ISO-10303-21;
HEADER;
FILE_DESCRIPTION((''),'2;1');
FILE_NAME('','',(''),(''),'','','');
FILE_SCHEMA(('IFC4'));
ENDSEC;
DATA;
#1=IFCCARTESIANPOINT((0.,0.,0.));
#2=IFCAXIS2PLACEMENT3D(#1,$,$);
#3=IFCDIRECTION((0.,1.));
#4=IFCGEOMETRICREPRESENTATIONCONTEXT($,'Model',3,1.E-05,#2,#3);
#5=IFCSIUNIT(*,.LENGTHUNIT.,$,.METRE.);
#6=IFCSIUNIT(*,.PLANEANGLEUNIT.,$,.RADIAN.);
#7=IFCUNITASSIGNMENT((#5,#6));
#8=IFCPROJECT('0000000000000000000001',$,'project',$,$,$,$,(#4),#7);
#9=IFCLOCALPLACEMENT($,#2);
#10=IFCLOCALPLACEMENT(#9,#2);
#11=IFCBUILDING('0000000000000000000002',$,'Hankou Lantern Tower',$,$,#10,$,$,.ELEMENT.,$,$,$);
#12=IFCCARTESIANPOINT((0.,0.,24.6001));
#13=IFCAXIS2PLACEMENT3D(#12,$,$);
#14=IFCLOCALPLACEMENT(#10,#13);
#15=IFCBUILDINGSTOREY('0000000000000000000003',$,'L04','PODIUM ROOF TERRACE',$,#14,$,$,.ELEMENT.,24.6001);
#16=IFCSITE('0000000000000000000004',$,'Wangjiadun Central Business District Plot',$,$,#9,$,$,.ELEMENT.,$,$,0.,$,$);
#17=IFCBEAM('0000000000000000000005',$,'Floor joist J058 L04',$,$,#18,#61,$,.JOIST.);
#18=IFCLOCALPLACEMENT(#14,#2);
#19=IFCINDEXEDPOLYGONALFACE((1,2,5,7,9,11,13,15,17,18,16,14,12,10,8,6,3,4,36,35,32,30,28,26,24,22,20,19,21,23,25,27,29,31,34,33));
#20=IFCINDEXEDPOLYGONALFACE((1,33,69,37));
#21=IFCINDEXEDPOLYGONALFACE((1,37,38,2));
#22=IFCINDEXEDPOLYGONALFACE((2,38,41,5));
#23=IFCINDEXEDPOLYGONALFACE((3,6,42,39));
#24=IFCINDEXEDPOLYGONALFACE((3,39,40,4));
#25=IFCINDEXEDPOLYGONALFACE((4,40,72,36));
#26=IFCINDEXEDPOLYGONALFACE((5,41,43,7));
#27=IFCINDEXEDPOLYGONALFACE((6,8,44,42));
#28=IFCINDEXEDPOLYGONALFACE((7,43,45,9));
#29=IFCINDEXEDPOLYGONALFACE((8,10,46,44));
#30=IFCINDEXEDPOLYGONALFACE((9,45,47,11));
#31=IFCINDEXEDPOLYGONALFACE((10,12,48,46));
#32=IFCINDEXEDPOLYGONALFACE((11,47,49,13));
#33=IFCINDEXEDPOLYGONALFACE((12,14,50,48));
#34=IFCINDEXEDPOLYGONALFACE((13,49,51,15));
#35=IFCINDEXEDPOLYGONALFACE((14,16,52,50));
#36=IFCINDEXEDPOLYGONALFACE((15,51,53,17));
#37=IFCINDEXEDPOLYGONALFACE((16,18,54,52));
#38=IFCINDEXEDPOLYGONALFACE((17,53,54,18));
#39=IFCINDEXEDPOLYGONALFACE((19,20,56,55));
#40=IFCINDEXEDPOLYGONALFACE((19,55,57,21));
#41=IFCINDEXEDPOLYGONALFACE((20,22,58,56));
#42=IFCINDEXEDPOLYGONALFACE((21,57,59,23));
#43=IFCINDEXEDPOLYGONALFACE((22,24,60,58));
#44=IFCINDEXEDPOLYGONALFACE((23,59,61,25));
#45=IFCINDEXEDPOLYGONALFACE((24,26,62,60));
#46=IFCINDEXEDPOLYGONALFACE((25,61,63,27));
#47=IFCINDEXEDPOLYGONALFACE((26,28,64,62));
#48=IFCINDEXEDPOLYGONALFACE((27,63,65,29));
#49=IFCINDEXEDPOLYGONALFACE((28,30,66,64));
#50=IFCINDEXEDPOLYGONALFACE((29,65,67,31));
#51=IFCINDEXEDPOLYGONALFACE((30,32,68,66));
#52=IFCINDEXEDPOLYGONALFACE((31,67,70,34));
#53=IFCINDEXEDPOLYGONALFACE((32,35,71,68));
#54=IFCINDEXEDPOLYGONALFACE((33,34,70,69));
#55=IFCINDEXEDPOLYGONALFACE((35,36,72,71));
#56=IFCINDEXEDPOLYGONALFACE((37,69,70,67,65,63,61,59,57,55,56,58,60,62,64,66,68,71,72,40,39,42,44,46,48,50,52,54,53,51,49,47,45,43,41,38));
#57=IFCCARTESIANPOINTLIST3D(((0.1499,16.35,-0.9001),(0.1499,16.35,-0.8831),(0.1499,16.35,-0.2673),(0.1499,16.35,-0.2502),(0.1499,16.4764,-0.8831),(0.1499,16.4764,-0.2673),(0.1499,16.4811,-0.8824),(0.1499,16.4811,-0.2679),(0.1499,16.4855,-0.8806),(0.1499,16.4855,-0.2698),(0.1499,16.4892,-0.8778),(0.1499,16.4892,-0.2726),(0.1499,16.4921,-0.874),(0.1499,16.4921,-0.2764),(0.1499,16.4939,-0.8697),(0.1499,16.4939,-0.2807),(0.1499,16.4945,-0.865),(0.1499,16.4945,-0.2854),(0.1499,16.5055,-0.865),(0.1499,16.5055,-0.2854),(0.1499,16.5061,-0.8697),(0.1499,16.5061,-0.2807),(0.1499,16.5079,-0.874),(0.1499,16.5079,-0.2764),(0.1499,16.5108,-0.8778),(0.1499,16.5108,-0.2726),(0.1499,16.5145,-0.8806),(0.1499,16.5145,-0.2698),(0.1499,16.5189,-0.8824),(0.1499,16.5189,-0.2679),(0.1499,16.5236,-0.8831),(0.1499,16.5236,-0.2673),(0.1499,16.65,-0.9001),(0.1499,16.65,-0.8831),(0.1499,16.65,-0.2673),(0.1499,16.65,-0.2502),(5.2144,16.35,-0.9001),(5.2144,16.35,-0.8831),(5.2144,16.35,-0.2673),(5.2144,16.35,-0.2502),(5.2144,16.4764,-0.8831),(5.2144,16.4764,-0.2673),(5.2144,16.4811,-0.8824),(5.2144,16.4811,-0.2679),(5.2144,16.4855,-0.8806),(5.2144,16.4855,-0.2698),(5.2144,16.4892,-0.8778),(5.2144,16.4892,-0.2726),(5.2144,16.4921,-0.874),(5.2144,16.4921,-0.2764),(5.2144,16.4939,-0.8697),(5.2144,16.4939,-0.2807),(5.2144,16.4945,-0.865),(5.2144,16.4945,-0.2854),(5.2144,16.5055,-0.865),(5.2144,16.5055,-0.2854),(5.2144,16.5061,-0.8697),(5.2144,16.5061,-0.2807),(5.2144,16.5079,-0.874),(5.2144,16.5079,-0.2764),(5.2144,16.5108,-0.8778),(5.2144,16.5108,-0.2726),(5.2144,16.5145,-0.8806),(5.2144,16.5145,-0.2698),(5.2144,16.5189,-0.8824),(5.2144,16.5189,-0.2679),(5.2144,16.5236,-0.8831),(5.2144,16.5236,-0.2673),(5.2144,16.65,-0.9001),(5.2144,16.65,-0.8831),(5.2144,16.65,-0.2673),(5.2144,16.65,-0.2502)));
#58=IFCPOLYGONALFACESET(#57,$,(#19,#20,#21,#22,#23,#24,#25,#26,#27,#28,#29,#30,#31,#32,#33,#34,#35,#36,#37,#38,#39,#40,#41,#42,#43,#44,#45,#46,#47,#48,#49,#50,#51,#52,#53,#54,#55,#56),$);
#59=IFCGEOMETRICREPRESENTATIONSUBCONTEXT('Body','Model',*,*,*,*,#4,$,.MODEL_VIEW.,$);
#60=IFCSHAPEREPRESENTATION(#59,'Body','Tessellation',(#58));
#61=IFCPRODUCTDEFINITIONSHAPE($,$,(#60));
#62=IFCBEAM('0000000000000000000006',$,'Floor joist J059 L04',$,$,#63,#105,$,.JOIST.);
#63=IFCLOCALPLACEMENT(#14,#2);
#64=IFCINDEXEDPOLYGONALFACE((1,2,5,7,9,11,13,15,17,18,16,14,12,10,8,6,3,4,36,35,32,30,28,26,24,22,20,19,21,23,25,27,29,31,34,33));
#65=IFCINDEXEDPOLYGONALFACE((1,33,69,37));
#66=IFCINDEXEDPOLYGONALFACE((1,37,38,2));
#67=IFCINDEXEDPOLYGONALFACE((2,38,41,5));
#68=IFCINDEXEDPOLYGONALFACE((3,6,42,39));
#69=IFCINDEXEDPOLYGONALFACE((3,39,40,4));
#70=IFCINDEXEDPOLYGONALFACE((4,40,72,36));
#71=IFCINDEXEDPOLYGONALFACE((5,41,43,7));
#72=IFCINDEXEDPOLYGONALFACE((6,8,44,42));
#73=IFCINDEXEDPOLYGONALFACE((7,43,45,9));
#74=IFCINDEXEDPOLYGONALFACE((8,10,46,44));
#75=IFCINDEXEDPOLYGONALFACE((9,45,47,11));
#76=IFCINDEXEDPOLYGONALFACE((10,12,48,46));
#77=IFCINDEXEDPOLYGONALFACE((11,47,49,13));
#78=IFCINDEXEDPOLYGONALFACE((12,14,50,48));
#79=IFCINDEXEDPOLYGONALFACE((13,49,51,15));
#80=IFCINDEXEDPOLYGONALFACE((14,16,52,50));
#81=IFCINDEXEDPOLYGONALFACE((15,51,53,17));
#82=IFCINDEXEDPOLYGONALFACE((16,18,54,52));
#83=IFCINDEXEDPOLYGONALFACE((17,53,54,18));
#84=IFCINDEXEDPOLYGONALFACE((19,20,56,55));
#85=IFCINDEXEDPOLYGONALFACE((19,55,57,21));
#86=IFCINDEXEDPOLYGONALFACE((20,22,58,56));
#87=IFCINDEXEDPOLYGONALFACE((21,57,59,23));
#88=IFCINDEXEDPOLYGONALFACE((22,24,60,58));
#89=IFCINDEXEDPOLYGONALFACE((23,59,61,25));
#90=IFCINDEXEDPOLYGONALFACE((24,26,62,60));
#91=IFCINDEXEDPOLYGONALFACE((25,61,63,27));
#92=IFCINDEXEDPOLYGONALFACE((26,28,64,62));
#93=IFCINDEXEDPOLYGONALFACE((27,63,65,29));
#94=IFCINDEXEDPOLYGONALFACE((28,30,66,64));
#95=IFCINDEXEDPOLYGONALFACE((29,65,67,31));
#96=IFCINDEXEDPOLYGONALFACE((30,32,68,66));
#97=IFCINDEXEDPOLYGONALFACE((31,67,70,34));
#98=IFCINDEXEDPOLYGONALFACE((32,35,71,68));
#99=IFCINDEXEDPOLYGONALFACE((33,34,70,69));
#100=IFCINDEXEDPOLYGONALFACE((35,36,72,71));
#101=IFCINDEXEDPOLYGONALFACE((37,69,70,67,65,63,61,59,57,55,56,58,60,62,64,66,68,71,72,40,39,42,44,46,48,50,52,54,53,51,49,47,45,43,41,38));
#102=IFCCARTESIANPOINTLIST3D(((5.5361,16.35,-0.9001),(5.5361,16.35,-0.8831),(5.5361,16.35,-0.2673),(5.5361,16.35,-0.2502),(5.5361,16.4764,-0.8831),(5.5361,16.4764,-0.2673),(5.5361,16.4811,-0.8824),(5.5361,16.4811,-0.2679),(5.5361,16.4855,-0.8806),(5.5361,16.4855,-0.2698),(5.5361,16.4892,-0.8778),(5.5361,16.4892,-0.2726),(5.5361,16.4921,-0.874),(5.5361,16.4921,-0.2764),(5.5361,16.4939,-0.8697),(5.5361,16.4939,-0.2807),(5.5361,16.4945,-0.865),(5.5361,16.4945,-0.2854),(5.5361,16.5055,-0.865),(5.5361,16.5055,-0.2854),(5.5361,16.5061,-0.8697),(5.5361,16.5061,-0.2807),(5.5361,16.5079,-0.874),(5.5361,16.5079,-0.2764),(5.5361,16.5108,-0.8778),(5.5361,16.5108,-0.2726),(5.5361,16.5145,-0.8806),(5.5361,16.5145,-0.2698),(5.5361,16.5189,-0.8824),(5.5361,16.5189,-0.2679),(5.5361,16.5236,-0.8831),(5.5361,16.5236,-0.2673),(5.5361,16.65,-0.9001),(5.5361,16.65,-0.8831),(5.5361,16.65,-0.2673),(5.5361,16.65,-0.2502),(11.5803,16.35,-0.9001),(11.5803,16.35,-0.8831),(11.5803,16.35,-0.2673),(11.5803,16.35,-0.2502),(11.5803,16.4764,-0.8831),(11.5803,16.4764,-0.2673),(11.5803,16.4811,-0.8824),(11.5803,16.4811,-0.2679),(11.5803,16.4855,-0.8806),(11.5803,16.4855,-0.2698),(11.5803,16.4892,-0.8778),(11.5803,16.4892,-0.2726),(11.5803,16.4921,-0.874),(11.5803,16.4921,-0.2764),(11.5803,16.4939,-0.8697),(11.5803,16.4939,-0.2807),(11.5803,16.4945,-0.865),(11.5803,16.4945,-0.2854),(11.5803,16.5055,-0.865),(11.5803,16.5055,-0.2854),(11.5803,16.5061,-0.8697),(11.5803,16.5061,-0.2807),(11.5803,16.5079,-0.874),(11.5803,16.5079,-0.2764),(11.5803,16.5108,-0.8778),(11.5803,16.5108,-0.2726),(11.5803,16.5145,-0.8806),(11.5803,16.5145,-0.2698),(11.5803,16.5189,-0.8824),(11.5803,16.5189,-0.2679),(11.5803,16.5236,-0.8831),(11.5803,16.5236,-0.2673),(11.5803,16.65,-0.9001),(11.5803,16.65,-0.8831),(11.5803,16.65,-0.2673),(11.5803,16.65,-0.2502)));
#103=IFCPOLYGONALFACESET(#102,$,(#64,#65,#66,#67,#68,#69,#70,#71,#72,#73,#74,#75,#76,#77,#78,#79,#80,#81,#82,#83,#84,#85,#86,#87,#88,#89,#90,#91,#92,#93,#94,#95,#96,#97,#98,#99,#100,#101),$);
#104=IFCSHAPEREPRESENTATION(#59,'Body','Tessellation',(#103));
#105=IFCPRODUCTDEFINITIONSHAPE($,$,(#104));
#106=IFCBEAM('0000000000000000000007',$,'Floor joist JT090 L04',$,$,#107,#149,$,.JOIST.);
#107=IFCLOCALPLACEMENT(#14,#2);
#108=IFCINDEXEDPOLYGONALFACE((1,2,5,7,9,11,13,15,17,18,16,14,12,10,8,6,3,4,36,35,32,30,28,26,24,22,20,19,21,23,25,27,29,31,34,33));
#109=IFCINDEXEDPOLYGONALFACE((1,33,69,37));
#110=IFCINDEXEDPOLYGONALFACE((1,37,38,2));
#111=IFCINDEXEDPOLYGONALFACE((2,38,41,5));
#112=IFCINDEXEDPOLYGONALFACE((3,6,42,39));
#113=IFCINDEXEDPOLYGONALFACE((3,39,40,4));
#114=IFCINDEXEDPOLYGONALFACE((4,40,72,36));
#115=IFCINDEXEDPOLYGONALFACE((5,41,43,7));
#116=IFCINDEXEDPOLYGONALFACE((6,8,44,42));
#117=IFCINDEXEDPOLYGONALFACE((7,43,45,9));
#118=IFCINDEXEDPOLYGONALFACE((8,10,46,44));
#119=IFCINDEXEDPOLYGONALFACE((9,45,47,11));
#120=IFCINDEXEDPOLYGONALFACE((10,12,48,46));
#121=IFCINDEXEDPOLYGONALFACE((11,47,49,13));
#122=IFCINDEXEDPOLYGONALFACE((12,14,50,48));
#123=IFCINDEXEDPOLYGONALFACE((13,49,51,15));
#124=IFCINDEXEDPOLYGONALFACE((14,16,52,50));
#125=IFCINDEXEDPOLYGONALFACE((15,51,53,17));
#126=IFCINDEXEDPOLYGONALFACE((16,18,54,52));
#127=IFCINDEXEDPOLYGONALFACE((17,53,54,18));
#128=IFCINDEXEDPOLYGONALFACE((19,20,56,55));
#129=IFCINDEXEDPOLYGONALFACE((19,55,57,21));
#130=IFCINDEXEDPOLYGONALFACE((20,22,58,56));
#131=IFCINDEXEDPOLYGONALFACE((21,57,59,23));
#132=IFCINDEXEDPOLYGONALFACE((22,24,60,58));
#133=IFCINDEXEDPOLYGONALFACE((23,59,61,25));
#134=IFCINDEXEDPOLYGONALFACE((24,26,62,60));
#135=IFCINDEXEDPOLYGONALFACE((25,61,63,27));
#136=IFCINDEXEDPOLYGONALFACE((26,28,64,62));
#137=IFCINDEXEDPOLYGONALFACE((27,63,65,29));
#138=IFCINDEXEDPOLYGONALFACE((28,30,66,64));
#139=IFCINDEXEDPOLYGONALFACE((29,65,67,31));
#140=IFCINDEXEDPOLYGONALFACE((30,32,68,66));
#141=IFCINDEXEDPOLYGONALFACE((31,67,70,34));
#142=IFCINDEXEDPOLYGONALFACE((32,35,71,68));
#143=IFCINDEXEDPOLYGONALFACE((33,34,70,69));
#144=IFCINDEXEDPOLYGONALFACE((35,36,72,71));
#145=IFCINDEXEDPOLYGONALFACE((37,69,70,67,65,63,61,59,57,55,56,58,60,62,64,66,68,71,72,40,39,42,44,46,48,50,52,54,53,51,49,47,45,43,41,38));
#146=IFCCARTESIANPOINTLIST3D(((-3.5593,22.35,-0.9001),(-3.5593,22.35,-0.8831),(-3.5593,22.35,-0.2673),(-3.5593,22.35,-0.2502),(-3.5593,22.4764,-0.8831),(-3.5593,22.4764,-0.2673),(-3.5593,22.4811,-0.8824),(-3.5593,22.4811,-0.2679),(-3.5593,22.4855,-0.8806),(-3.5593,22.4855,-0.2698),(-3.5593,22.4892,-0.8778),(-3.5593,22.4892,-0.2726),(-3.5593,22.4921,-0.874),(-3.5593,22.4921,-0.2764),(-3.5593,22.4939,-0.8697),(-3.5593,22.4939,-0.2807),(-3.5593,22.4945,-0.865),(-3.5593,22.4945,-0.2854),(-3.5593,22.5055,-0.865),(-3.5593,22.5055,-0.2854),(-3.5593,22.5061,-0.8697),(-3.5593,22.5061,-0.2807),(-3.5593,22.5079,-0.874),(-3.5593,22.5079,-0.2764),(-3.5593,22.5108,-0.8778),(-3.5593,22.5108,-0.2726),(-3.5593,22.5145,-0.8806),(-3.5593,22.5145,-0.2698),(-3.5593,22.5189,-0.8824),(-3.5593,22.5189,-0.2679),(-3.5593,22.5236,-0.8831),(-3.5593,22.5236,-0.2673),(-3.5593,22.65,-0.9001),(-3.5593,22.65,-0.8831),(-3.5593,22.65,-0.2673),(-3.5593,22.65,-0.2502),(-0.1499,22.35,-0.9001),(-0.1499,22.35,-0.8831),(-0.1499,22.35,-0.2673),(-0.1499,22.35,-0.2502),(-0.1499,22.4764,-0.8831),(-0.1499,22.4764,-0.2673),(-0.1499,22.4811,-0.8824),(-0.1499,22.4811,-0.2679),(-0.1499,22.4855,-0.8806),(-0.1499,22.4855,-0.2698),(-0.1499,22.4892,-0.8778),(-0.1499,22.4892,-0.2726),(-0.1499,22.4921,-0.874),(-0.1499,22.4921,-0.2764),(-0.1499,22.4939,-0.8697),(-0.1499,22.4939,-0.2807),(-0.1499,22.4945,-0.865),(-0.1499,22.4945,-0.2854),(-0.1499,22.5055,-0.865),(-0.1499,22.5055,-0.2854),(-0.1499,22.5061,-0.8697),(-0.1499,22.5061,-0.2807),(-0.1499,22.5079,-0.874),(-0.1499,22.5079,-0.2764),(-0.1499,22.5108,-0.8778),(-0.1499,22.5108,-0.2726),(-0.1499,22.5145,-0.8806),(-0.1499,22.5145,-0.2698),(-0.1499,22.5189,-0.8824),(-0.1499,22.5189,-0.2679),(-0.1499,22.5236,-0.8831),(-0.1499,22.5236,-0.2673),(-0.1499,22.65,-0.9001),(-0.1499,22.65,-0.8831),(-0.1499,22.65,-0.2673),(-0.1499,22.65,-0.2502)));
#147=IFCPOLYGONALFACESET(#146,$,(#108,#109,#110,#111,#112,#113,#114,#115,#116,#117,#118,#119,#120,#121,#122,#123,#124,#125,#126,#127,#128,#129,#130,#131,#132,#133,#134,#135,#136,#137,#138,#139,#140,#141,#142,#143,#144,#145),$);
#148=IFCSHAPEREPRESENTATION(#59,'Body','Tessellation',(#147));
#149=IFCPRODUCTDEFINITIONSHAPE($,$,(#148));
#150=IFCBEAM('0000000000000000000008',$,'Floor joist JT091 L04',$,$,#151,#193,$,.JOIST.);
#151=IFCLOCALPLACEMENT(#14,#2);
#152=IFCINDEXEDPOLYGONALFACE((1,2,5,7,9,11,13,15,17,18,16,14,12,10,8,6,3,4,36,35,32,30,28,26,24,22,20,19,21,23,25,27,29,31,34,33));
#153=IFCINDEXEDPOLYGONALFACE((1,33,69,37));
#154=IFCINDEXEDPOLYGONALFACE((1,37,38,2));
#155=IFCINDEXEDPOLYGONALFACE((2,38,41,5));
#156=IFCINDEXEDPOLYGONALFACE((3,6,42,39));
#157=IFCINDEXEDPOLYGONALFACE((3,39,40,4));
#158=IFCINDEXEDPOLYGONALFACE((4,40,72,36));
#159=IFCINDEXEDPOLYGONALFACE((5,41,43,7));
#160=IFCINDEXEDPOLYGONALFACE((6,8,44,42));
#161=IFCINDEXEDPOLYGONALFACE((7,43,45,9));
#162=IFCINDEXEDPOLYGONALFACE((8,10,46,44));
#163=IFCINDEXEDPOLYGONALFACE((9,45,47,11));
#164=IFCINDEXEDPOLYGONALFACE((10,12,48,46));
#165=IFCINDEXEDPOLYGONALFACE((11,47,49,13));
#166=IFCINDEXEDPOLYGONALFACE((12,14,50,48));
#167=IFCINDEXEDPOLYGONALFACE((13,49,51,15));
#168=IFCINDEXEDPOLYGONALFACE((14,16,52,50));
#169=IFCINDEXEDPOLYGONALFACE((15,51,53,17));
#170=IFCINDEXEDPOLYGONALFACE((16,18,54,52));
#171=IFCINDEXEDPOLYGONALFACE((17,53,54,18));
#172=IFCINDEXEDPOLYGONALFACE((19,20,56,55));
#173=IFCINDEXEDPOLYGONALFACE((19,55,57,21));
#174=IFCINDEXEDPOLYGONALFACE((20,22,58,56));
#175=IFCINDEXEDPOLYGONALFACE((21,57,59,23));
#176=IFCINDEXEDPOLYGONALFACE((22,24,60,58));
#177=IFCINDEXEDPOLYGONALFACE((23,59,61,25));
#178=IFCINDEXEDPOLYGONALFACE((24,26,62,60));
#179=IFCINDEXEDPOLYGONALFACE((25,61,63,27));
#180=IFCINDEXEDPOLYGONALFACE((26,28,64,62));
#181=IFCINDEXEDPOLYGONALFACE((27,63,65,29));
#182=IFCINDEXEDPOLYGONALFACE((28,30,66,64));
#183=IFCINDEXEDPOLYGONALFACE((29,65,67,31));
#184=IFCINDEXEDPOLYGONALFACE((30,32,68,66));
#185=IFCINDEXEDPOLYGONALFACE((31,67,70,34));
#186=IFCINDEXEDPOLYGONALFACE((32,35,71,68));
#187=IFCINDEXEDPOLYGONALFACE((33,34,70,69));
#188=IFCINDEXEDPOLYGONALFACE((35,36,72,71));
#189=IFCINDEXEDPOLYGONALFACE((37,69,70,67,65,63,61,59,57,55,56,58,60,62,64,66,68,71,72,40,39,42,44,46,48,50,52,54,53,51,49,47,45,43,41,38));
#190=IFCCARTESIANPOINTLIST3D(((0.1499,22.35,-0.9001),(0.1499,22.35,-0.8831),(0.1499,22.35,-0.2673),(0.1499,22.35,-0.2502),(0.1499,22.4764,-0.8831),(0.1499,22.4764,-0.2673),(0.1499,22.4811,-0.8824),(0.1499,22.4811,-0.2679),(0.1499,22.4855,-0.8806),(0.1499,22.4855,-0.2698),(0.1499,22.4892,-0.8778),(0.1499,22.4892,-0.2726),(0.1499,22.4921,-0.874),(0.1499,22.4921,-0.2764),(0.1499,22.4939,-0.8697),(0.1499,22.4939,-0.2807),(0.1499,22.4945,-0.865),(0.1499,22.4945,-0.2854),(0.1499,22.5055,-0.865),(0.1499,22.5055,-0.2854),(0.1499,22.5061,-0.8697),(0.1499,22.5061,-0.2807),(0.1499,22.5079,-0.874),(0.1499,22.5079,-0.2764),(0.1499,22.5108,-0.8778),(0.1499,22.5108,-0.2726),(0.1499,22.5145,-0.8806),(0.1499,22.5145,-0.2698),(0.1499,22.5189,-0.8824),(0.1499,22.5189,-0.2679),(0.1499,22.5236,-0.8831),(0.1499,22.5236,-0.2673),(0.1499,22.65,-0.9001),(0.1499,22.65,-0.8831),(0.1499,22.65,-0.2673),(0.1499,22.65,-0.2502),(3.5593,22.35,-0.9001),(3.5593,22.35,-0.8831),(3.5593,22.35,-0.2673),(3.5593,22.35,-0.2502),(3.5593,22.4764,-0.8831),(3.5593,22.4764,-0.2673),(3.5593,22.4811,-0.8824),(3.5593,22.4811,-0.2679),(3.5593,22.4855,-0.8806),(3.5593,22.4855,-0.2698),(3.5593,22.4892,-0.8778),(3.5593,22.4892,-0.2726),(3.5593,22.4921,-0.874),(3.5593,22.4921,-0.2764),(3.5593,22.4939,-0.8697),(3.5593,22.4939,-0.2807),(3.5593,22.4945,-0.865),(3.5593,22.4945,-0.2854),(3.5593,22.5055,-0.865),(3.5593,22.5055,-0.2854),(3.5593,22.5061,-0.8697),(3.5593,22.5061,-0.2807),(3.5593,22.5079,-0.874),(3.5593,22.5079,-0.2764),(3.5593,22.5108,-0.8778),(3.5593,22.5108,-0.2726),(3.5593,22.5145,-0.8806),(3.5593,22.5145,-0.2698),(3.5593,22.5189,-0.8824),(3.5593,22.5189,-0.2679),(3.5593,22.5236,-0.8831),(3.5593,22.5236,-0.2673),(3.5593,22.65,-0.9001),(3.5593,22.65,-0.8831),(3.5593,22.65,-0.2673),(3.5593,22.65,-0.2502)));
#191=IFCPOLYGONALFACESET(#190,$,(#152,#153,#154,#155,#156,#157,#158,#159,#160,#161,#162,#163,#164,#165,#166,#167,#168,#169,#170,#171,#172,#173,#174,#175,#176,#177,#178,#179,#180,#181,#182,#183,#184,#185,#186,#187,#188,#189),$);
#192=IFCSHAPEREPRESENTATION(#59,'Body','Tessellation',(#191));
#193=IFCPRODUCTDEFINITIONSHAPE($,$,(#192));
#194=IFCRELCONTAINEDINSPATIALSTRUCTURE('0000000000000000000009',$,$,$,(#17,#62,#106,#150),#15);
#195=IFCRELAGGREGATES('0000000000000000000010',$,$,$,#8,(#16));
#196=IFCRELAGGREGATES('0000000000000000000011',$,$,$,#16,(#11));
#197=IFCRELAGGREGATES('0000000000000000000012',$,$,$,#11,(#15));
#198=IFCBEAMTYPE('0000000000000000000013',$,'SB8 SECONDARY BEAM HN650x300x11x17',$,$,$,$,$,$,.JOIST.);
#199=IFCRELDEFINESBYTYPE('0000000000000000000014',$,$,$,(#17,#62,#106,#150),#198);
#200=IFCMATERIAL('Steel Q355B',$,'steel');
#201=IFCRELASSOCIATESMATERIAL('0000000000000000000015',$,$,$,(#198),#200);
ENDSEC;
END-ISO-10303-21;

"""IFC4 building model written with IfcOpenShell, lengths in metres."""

from ifc_helpers import new_model, si_unit, direction, frame, origin, origin_2d, place, context, subcontext, project, spatial, i_section, extrude, material, material_profile, profile_set, type_object, element, save


model = new_model("IFC4")

# Units and contexts
model_context = context("Model", 3, precision=1e-05, world=origin(), true_north=direction((0.0, 1.0)))
body_context = subcontext(model_context, "Body", "Model", "MODEL_VIEW")
ifc_project = project(units=[si_unit("LENGTHUNIT", "METRE"), si_unit("PLANEANGLEUNIT", "RADIAN")], contexts=[model_context])

# Site, building, storey
site_placement = place(None, origin())
site = spatial("IfcSite", under=ifc_project, at=site_placement, Name="Wangjiadun Central Business District Plot", CompositionType="ELEMENT", RefElevation=0.0)
building_placement = place(site_placement, origin())
building = spatial("IfcBuilding", under=site, at=building_placement, Name="Hankou Lantern Tower", CompositionType="ELEMENT")
storey_placement = place(building_placement, frame((0.0, 0.0, 24.6001)))
storey = spatial("IfcBuildingStorey", under=building, at=storey_placement, Name="L04", Description="PODIUM ROOF TERRACE", CompositionType="ELEMENT", Elevation=24.6001)

# Beams
ifc_material_1 = material(Name="Steel Q355B", Category="steel")
ifc_material_profile_1 = material_profile(ifc_material_1, i_section(OverallWidth=0.3, OverallDepth=0.6499, WebThickness=0.011, FlangeThickness=0.0171, FilletRadius=0.0181, at=origin_2d()), Name="HN650x300x11x17")
ifc_profile_set_1 = profile_set([ifc_material_profile_1], Name="Steel Q355B")
beam_type_1 = type_object("IfcBeamType", Name="SB8 SECONDARY BEAM HN650x300x11x17", PredefinedType="JOIST", material=ifc_profile_set_1)
beam_1_placement = place(storey_placement, frame((0.1499, 16.5, -0.5752), z_axis=(1.0, 0.0, 0.0), x_axis=(0.0, 1.0, 0.0)))
element("IfcBeam", 1, at=beam_1_placement, inside=storey, type_object=beam_type_1, Name="Floor joist J058 L04", PredefinedType="JOIST", context=body_context, shape_type="SweptSolid", body=[
    extrude(i_section(OverallWidth=0.3, OverallDepth=0.6499, WebThickness=0.011, FlangeThickness=0.0171, FilletRadius=0.0181, at=origin_2d()), origin(), (0.0, 0.0, 1.0), 5.0645),
])
beam_2_placement = place(storey_placement, frame((5.5361, 16.5, -0.5752), z_axis=(1.0, 0.0, 0.0), x_axis=(0.0, 1.0, 0.0)))
element("IfcBeam", 2, at=beam_2_placement, inside=storey, type_object=beam_type_1, Name="Floor joist J059 L04", PredefinedType="JOIST", context=body_context, shape_type="SweptSolid", body=[
    extrude(i_section(OverallWidth=0.3, OverallDepth=0.6499, WebThickness=0.011, FlangeThickness=0.0171, FilletRadius=0.0181, at=origin_2d()), origin(), (0.0, 0.0, 1.0), 6.0442),
])
for number, where, z_axis, x_axis, name in (
    (3, (-3.5593, 22.5, -0.5752), (1.0, 0.0, 0.0), (0.0, 1.0, 0.0), "Floor joist JT090 L04"),
    (4, (0.1499, 22.5, -0.5752), (1.0, 0.0, 0.0), (0.0, 1.0, 0.0), "Floor joist JT091 L04"),
):
    element("IfcBeam", number, at=place(storey_placement, frame(where, z_axis=z_axis, x_axis=x_axis)), inside=storey, type_object=beam_type_1, Name=name, PredefinedType="JOIST", context=body_context, shape_type="SweptSolid", body=[
        extrude(i_section(OverallWidth=0.3, OverallDepth=0.6499, WebThickness=0.011, FlangeThickness=0.0171, FilletRadius=0.0181, at=origin_2d()), origin(), (0.0, 0.0, 1.0), 3.4094),
    ])

save(model, "model.ifc")
